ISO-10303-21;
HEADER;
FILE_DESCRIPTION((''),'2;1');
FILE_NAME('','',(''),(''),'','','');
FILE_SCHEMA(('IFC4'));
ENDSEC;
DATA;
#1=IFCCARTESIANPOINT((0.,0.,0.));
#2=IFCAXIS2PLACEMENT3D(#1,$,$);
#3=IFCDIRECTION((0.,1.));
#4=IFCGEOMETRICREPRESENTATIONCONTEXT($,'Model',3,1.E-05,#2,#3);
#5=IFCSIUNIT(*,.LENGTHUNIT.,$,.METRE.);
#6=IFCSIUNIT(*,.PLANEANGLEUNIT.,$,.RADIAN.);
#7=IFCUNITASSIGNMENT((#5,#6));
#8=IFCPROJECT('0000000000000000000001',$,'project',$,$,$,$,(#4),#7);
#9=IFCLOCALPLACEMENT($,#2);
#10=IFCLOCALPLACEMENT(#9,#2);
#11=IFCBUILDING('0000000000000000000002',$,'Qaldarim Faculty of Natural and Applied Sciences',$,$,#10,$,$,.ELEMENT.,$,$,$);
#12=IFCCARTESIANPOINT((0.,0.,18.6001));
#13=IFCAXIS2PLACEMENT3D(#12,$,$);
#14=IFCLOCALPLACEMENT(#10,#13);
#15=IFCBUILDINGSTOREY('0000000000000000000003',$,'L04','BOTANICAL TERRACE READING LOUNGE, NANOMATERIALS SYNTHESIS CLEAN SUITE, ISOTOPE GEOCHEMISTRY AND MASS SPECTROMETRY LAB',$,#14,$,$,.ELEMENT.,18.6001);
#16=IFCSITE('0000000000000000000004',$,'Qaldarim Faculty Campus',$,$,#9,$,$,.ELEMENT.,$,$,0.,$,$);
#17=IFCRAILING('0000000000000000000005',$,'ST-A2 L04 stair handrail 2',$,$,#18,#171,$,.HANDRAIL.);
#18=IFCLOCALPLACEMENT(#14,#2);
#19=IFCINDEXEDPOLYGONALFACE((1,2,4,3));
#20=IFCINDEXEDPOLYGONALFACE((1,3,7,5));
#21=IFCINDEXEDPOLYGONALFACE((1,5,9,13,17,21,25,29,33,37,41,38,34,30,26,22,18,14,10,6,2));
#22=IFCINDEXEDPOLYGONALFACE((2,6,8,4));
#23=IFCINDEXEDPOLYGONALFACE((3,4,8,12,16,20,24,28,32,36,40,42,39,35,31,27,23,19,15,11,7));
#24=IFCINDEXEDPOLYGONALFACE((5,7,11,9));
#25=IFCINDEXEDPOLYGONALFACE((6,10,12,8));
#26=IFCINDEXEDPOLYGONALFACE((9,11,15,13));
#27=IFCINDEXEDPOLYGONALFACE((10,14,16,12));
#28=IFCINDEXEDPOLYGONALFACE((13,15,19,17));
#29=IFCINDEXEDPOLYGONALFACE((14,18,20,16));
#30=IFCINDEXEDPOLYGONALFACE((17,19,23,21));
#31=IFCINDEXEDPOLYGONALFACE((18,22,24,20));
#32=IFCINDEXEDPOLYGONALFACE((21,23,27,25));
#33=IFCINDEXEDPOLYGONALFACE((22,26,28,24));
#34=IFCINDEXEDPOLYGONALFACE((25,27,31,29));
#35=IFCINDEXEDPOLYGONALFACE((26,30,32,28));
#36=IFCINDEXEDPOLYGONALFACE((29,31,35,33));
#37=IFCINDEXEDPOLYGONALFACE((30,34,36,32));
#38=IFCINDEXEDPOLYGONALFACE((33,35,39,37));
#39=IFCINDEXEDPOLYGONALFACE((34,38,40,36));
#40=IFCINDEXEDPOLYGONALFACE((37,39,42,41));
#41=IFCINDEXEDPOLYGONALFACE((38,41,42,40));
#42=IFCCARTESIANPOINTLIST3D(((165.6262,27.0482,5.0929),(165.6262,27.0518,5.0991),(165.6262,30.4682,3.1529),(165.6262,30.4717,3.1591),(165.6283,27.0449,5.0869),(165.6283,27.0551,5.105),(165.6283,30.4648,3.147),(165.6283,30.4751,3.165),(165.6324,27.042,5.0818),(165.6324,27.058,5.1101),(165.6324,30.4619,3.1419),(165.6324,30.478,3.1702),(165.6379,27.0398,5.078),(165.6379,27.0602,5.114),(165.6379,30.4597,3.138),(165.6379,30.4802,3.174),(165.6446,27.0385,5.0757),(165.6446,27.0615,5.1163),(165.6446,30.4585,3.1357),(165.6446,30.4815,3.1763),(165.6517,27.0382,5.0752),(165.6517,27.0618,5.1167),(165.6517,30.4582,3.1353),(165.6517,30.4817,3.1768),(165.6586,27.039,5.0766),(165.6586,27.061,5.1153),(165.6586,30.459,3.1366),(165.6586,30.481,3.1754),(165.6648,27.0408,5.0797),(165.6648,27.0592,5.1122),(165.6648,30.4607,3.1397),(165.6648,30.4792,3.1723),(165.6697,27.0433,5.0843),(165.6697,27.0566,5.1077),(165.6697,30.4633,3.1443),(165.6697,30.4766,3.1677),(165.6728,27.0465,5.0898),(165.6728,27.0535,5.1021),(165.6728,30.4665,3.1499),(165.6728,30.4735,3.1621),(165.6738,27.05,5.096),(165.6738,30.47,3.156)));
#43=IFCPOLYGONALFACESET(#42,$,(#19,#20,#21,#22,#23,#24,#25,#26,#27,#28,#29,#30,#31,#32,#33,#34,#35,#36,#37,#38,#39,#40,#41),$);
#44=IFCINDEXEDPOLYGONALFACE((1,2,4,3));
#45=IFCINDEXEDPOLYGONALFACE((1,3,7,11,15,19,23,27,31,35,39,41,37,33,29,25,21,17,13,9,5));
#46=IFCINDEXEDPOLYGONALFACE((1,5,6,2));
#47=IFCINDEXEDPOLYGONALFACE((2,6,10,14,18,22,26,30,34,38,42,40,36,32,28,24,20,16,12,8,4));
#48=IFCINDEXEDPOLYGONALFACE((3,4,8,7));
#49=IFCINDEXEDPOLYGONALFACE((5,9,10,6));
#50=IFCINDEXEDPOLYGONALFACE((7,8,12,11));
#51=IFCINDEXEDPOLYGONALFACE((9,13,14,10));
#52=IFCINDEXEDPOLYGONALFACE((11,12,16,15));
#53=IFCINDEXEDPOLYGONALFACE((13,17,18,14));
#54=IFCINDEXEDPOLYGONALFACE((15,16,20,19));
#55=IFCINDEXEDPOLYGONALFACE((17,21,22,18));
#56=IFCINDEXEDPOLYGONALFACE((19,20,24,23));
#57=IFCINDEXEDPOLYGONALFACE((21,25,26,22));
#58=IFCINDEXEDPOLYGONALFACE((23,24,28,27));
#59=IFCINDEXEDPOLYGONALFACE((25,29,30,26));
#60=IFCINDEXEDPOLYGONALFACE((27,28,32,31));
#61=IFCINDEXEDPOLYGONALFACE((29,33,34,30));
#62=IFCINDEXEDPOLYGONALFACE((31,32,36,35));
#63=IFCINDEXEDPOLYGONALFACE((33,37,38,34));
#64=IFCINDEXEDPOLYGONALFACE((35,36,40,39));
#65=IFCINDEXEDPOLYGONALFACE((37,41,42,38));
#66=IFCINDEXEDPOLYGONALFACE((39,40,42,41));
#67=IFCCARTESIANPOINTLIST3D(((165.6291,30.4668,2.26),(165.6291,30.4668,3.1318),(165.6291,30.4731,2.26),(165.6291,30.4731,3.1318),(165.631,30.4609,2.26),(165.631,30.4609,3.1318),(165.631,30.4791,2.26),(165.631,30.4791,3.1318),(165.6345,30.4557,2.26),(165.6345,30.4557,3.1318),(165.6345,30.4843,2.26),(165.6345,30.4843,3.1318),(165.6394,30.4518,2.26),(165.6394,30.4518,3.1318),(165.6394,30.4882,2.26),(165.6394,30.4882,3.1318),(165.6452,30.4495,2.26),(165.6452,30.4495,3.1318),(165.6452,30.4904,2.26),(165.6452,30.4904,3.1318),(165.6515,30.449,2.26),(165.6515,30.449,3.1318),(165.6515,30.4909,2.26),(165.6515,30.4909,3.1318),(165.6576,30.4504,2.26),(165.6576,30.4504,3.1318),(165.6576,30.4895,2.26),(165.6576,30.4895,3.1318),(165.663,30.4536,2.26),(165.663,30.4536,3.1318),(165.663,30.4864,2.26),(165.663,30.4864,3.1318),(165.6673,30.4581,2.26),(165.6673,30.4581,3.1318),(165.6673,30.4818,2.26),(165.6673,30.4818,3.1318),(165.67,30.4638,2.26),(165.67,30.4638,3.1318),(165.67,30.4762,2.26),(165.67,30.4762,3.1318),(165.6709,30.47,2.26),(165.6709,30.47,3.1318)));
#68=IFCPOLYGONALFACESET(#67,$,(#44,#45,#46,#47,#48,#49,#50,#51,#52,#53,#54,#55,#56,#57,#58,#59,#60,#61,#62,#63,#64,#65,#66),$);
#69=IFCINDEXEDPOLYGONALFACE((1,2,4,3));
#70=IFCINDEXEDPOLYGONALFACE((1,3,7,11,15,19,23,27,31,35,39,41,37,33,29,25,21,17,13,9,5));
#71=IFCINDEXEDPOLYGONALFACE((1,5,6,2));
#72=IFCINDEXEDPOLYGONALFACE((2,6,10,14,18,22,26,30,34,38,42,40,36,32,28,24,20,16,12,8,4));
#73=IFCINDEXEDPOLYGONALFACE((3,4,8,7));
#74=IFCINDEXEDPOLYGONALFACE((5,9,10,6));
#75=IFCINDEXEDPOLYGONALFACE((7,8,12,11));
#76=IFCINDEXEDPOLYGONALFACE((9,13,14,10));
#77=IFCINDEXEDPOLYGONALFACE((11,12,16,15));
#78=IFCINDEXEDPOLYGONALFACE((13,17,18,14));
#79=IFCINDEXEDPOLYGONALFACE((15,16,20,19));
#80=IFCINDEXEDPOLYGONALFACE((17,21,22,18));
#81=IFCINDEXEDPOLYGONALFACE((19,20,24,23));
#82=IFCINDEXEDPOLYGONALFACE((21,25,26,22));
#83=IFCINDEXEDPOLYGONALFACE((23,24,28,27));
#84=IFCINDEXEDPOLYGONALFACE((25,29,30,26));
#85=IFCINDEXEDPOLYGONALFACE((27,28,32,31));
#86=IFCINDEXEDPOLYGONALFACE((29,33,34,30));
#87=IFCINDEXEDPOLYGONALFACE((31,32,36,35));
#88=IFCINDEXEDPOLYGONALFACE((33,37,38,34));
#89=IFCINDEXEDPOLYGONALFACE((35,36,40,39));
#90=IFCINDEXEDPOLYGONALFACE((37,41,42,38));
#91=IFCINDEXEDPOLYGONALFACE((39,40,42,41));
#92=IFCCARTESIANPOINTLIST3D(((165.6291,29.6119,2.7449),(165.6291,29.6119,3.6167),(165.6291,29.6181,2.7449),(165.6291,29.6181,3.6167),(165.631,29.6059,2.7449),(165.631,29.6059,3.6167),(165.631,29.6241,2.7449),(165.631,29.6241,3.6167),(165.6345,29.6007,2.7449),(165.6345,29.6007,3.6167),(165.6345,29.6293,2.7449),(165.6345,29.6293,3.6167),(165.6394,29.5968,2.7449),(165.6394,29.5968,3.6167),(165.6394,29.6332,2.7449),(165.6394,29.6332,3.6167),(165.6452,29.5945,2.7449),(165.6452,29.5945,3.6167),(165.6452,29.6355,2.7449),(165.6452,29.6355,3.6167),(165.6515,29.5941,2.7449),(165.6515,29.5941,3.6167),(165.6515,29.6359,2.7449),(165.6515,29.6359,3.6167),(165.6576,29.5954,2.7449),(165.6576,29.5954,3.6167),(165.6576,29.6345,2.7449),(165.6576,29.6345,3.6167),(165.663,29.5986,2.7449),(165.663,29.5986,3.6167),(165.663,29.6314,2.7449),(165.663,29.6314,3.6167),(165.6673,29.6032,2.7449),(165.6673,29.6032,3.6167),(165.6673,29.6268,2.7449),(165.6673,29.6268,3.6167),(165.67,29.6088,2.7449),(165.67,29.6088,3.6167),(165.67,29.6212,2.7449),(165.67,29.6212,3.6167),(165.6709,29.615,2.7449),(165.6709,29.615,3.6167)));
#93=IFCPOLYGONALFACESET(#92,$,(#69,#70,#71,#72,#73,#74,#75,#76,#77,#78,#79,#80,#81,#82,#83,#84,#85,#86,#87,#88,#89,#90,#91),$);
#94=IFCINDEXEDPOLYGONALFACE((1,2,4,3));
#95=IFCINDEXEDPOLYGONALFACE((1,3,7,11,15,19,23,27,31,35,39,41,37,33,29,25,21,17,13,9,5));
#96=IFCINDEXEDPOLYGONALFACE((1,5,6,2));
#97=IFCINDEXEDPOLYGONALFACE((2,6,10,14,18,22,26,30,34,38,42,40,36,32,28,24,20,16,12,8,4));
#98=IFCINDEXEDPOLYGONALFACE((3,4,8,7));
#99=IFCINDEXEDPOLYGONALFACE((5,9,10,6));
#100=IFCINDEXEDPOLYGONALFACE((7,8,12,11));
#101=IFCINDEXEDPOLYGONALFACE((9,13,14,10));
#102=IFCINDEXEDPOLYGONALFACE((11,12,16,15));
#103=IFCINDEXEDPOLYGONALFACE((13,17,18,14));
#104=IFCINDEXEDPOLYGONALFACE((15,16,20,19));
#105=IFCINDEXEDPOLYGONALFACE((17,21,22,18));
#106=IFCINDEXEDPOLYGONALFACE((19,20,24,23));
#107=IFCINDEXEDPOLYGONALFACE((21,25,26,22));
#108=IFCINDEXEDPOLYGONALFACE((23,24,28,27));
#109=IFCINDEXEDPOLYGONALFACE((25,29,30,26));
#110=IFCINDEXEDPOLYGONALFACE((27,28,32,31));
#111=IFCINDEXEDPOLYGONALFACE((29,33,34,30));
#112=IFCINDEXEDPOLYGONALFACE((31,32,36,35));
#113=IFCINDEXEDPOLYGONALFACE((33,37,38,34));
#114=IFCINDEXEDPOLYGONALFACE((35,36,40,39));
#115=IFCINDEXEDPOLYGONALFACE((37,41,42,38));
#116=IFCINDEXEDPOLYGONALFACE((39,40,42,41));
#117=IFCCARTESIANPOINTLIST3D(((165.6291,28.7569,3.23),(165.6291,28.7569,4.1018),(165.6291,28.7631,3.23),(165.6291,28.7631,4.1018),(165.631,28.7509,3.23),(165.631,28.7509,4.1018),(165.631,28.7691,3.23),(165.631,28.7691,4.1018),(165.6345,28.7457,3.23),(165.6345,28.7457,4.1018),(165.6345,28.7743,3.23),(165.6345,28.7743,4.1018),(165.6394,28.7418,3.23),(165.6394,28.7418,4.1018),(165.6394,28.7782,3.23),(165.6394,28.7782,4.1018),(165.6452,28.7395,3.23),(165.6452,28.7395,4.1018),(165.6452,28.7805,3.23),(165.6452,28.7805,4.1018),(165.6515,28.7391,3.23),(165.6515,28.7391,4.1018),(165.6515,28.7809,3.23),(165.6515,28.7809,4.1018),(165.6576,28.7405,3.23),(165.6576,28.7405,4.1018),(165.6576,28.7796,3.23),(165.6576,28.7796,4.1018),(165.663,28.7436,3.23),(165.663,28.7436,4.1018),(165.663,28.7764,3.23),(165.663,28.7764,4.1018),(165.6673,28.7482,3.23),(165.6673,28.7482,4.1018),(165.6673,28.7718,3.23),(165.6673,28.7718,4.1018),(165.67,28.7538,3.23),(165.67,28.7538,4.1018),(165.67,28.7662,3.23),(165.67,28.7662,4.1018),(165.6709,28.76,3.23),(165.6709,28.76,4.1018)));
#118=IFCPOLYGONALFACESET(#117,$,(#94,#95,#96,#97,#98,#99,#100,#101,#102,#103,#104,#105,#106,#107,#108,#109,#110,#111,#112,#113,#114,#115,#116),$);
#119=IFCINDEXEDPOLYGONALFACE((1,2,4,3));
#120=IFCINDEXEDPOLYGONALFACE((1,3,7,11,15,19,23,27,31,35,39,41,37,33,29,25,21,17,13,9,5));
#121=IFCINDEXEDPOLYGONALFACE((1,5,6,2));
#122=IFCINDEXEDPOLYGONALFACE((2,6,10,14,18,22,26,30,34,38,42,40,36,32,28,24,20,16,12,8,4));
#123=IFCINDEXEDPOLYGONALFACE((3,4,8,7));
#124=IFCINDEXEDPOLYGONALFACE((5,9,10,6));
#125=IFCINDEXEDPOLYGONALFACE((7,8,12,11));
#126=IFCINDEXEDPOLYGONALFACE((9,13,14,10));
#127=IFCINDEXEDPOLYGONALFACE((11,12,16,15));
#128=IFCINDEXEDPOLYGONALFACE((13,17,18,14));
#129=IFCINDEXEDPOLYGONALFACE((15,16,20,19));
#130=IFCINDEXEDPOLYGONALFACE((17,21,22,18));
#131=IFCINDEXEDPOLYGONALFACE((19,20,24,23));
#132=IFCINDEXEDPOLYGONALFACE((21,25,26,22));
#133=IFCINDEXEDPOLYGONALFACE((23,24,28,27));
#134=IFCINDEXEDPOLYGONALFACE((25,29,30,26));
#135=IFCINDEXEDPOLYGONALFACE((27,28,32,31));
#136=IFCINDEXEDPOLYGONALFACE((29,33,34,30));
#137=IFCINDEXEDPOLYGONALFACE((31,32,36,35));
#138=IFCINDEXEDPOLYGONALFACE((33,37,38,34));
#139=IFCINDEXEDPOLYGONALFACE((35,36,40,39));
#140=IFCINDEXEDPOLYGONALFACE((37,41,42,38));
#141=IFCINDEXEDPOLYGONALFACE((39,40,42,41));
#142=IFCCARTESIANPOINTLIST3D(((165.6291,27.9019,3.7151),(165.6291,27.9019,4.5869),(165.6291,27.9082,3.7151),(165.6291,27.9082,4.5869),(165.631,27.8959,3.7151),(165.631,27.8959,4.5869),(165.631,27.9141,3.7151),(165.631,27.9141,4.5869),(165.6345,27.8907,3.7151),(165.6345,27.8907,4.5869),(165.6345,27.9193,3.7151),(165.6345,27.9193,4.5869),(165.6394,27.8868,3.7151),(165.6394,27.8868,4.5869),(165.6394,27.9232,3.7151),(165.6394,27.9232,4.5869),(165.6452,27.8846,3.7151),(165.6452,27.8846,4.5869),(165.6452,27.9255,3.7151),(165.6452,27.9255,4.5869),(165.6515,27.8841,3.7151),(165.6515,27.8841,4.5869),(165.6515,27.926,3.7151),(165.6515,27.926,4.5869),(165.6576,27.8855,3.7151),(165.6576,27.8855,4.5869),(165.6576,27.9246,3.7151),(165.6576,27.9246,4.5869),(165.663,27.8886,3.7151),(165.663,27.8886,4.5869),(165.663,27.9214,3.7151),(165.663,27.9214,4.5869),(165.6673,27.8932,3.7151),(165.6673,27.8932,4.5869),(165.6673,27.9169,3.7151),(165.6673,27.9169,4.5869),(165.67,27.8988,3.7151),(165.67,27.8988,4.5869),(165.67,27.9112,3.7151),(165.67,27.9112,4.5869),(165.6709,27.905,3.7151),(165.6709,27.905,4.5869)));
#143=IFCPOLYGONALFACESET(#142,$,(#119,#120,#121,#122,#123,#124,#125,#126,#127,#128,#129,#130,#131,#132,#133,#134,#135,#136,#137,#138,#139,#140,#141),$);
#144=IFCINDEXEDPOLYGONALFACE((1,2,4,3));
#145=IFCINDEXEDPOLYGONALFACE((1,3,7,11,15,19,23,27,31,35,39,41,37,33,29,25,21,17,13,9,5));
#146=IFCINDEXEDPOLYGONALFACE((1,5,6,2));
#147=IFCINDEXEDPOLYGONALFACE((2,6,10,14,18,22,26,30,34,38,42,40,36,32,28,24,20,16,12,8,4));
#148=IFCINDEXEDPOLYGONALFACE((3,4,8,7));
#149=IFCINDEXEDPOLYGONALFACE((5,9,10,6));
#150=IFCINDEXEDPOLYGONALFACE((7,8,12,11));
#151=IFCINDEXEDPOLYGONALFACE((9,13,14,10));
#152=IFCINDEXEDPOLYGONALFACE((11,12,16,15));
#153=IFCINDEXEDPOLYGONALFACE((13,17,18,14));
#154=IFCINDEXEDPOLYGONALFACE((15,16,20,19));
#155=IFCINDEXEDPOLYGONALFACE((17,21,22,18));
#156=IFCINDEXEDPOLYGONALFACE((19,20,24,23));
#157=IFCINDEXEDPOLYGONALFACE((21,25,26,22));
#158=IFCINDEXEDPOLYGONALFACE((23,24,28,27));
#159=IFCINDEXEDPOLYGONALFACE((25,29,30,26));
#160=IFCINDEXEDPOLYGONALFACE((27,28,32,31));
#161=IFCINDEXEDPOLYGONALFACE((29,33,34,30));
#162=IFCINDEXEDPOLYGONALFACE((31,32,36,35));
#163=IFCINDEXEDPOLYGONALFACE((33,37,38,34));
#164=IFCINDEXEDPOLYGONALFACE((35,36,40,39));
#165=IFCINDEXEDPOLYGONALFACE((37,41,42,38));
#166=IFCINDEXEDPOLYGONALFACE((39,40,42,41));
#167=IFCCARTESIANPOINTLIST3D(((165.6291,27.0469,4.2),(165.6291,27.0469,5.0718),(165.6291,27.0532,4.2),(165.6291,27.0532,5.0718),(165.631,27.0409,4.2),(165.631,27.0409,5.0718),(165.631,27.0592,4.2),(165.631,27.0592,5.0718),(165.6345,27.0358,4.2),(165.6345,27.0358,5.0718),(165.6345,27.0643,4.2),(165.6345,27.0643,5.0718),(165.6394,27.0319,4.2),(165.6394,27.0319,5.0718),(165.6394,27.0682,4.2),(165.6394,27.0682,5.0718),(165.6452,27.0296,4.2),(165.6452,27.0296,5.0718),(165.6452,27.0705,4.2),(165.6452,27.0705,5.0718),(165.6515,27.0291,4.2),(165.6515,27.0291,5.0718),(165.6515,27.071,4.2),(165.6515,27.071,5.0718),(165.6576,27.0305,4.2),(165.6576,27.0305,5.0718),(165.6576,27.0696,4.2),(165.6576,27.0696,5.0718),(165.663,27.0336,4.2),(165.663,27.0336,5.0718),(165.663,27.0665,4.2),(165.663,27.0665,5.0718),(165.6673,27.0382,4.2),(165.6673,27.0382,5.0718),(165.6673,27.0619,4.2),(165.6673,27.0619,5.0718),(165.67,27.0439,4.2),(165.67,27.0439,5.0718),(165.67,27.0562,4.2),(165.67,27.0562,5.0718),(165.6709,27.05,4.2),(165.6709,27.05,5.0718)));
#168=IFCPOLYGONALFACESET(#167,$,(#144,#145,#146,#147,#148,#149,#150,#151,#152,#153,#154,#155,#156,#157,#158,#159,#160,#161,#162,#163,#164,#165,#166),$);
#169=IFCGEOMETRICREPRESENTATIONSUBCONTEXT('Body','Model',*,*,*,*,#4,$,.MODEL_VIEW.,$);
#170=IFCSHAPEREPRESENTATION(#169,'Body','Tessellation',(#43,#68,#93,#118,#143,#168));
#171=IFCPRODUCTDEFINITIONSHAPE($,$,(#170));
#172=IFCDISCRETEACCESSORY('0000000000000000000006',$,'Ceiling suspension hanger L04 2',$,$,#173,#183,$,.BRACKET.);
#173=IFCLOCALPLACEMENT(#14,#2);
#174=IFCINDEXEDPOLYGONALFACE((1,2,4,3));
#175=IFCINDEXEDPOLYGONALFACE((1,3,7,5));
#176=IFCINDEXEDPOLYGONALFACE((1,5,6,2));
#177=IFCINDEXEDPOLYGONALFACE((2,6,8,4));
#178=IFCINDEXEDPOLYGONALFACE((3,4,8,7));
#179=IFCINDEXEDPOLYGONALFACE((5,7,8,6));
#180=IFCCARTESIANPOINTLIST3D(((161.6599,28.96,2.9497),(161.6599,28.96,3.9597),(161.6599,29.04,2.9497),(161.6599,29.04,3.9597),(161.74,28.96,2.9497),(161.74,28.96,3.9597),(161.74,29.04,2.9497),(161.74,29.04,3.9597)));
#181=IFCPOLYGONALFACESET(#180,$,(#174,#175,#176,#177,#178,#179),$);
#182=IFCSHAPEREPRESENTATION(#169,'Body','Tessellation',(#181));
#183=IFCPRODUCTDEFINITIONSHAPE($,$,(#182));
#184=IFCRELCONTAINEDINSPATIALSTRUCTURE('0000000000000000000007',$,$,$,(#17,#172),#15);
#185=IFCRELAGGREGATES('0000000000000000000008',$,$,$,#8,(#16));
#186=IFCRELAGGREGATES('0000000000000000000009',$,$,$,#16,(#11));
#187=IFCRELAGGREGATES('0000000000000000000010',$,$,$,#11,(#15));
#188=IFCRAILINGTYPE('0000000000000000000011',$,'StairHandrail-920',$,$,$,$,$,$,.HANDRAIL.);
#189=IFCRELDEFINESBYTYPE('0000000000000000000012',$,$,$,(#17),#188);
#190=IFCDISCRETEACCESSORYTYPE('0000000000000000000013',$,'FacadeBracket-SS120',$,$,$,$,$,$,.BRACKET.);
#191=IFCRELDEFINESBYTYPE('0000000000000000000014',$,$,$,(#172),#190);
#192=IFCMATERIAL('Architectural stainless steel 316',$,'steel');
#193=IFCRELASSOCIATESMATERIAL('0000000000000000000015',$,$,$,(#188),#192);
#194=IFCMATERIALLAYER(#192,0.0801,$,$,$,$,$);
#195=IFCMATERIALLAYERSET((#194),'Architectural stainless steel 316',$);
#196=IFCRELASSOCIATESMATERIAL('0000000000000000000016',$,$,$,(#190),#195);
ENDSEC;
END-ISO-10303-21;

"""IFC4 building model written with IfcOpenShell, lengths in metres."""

from ifc_helpers import new_model, si_unit, direction, frame, origin, origin_2d, place, context, subcontext, project, spatial, rectangle, circle, extrude, material, layer, layer_set, type_object, element, save


model = new_model("IFC4")

# Units and contexts
model_context = context("Model", 3, precision=1e-05, world=origin(), true_north=direction((0.0, 1.0)))
body_context = subcontext(model_context, "Body", "Model", "MODEL_VIEW")
ifc_project = project(units=[si_unit("LENGTHUNIT", "METRE"), si_unit("PLANEANGLEUNIT", "RADIAN")], contexts=[model_context])

# Site, building, storey
site_placement = place(None, origin())
site = spatial("IfcSite", under=ifc_project, at=site_placement, Name="Qaldarim Faculty Campus", CompositionType="ELEMENT", RefElevation=0.0)
building_placement = place(site_placement, origin())
building = spatial("IfcBuilding", under=site, at=building_placement, Name="Qaldarim Faculty of Natural and Applied Sciences", CompositionType="ELEMENT")
storey_placement = place(building_placement, frame((0.0, 0.0, 18.6001)))
storey = spatial("IfcBuildingStorey", under=building, at=storey_placement, Name="L04", Description="BOTANICAL TERRACE READING LOUNGE, NANOMATERIALS SYNTHESIS CLEAN SUITE, ISOTOPE GEOCHEMISTRY AND MASS SPECTROMETRY LAB", CompositionType="ELEMENT", Elevation=18.6001)

# Shared definitions
ifc_material_1 = material(Name="Architectural stainless steel 316", Category="steel")

# Railing
railing_type = type_object("IfcRailingType", Name="StairHandrail-920", PredefinedType="HANDRAIL", material=ifc_material_1)
railing_placement = place(storey_placement, frame((165.6499, 30.47, 2.26)))
element("IfcRailing", 1, at=railing_placement, inside=storey, type_object=railing_type, Name="ST-A2 L04 stair handrail 2", PredefinedType="HANDRAIL", context=body_context, shape_type="SweptSolid", body=[
    extrude(circle(Radius=0.0239, at=origin_2d()), frame((0.0, 0.0, 0.896), z_axis=(0.0, -0.869805, 0.493395), x_axis=(1.0, 0.0, 0.0)), (0.0, 0.0, 1.0), 3.9319),
    extrude(circle(Radius=0.021, at=origin_2d()), origin(), (0.0, 0.0, 1.0), 0.8718),
    extrude(circle(Radius=0.021, at=origin_2d()), frame((0.0, -0.855, 0.4849)), (0.0, 0.0, 1.0), 0.8718),
    extrude(circle(Radius=0.021, at=origin_2d()), frame((0.0, -1.71, 0.97)), (0.0, 0.0, 1.0), 0.8718),
    extrude(circle(Radius=0.021, at=origin_2d()), frame((0.0, -2.5649, 1.4551)), (0.0, 0.0, 1.0), 0.8718),
    extrude(circle(Radius=0.021, at=origin_2d()), frame((0.0, -3.4199, 1.9399)), (0.0, 0.0, 1.0), 0.8718),
])

# Discrete accessory
ifc_layer_1 = layer(ifc_material_1, 0.0801)
ifc_layer_set_1 = layer_set([ifc_layer_1], Name="Architectural stainless steel 316")
discrete_accessory_type = type_object("IfcDiscreteAccessoryType", Name="FacadeBracket-SS120", PredefinedType="BRACKET", material=ifc_layer_set_1)
discrete_accessory_placement = place(storey_placement, frame((161.7, 29.0, 2.9497), z_axis=(0.0, 0.0, 1.0), x_axis=(1.0, 0.0, 0.0)))
element("IfcDiscreteAccessory", 2, at=discrete_accessory_placement, inside=storey, type_object=discrete_accessory_type, Name="Ceiling suspension hanger L04 2", PredefinedType="BRACKET", context=body_context, shape_type="SweptSolid", body=[
    extrude(rectangle(XDim=0.0801, YDim=0.0801, at=origin_2d()), origin(), (0.0, 0.0, 1.0), 1.01),
])

save(model, "model.ifc")
